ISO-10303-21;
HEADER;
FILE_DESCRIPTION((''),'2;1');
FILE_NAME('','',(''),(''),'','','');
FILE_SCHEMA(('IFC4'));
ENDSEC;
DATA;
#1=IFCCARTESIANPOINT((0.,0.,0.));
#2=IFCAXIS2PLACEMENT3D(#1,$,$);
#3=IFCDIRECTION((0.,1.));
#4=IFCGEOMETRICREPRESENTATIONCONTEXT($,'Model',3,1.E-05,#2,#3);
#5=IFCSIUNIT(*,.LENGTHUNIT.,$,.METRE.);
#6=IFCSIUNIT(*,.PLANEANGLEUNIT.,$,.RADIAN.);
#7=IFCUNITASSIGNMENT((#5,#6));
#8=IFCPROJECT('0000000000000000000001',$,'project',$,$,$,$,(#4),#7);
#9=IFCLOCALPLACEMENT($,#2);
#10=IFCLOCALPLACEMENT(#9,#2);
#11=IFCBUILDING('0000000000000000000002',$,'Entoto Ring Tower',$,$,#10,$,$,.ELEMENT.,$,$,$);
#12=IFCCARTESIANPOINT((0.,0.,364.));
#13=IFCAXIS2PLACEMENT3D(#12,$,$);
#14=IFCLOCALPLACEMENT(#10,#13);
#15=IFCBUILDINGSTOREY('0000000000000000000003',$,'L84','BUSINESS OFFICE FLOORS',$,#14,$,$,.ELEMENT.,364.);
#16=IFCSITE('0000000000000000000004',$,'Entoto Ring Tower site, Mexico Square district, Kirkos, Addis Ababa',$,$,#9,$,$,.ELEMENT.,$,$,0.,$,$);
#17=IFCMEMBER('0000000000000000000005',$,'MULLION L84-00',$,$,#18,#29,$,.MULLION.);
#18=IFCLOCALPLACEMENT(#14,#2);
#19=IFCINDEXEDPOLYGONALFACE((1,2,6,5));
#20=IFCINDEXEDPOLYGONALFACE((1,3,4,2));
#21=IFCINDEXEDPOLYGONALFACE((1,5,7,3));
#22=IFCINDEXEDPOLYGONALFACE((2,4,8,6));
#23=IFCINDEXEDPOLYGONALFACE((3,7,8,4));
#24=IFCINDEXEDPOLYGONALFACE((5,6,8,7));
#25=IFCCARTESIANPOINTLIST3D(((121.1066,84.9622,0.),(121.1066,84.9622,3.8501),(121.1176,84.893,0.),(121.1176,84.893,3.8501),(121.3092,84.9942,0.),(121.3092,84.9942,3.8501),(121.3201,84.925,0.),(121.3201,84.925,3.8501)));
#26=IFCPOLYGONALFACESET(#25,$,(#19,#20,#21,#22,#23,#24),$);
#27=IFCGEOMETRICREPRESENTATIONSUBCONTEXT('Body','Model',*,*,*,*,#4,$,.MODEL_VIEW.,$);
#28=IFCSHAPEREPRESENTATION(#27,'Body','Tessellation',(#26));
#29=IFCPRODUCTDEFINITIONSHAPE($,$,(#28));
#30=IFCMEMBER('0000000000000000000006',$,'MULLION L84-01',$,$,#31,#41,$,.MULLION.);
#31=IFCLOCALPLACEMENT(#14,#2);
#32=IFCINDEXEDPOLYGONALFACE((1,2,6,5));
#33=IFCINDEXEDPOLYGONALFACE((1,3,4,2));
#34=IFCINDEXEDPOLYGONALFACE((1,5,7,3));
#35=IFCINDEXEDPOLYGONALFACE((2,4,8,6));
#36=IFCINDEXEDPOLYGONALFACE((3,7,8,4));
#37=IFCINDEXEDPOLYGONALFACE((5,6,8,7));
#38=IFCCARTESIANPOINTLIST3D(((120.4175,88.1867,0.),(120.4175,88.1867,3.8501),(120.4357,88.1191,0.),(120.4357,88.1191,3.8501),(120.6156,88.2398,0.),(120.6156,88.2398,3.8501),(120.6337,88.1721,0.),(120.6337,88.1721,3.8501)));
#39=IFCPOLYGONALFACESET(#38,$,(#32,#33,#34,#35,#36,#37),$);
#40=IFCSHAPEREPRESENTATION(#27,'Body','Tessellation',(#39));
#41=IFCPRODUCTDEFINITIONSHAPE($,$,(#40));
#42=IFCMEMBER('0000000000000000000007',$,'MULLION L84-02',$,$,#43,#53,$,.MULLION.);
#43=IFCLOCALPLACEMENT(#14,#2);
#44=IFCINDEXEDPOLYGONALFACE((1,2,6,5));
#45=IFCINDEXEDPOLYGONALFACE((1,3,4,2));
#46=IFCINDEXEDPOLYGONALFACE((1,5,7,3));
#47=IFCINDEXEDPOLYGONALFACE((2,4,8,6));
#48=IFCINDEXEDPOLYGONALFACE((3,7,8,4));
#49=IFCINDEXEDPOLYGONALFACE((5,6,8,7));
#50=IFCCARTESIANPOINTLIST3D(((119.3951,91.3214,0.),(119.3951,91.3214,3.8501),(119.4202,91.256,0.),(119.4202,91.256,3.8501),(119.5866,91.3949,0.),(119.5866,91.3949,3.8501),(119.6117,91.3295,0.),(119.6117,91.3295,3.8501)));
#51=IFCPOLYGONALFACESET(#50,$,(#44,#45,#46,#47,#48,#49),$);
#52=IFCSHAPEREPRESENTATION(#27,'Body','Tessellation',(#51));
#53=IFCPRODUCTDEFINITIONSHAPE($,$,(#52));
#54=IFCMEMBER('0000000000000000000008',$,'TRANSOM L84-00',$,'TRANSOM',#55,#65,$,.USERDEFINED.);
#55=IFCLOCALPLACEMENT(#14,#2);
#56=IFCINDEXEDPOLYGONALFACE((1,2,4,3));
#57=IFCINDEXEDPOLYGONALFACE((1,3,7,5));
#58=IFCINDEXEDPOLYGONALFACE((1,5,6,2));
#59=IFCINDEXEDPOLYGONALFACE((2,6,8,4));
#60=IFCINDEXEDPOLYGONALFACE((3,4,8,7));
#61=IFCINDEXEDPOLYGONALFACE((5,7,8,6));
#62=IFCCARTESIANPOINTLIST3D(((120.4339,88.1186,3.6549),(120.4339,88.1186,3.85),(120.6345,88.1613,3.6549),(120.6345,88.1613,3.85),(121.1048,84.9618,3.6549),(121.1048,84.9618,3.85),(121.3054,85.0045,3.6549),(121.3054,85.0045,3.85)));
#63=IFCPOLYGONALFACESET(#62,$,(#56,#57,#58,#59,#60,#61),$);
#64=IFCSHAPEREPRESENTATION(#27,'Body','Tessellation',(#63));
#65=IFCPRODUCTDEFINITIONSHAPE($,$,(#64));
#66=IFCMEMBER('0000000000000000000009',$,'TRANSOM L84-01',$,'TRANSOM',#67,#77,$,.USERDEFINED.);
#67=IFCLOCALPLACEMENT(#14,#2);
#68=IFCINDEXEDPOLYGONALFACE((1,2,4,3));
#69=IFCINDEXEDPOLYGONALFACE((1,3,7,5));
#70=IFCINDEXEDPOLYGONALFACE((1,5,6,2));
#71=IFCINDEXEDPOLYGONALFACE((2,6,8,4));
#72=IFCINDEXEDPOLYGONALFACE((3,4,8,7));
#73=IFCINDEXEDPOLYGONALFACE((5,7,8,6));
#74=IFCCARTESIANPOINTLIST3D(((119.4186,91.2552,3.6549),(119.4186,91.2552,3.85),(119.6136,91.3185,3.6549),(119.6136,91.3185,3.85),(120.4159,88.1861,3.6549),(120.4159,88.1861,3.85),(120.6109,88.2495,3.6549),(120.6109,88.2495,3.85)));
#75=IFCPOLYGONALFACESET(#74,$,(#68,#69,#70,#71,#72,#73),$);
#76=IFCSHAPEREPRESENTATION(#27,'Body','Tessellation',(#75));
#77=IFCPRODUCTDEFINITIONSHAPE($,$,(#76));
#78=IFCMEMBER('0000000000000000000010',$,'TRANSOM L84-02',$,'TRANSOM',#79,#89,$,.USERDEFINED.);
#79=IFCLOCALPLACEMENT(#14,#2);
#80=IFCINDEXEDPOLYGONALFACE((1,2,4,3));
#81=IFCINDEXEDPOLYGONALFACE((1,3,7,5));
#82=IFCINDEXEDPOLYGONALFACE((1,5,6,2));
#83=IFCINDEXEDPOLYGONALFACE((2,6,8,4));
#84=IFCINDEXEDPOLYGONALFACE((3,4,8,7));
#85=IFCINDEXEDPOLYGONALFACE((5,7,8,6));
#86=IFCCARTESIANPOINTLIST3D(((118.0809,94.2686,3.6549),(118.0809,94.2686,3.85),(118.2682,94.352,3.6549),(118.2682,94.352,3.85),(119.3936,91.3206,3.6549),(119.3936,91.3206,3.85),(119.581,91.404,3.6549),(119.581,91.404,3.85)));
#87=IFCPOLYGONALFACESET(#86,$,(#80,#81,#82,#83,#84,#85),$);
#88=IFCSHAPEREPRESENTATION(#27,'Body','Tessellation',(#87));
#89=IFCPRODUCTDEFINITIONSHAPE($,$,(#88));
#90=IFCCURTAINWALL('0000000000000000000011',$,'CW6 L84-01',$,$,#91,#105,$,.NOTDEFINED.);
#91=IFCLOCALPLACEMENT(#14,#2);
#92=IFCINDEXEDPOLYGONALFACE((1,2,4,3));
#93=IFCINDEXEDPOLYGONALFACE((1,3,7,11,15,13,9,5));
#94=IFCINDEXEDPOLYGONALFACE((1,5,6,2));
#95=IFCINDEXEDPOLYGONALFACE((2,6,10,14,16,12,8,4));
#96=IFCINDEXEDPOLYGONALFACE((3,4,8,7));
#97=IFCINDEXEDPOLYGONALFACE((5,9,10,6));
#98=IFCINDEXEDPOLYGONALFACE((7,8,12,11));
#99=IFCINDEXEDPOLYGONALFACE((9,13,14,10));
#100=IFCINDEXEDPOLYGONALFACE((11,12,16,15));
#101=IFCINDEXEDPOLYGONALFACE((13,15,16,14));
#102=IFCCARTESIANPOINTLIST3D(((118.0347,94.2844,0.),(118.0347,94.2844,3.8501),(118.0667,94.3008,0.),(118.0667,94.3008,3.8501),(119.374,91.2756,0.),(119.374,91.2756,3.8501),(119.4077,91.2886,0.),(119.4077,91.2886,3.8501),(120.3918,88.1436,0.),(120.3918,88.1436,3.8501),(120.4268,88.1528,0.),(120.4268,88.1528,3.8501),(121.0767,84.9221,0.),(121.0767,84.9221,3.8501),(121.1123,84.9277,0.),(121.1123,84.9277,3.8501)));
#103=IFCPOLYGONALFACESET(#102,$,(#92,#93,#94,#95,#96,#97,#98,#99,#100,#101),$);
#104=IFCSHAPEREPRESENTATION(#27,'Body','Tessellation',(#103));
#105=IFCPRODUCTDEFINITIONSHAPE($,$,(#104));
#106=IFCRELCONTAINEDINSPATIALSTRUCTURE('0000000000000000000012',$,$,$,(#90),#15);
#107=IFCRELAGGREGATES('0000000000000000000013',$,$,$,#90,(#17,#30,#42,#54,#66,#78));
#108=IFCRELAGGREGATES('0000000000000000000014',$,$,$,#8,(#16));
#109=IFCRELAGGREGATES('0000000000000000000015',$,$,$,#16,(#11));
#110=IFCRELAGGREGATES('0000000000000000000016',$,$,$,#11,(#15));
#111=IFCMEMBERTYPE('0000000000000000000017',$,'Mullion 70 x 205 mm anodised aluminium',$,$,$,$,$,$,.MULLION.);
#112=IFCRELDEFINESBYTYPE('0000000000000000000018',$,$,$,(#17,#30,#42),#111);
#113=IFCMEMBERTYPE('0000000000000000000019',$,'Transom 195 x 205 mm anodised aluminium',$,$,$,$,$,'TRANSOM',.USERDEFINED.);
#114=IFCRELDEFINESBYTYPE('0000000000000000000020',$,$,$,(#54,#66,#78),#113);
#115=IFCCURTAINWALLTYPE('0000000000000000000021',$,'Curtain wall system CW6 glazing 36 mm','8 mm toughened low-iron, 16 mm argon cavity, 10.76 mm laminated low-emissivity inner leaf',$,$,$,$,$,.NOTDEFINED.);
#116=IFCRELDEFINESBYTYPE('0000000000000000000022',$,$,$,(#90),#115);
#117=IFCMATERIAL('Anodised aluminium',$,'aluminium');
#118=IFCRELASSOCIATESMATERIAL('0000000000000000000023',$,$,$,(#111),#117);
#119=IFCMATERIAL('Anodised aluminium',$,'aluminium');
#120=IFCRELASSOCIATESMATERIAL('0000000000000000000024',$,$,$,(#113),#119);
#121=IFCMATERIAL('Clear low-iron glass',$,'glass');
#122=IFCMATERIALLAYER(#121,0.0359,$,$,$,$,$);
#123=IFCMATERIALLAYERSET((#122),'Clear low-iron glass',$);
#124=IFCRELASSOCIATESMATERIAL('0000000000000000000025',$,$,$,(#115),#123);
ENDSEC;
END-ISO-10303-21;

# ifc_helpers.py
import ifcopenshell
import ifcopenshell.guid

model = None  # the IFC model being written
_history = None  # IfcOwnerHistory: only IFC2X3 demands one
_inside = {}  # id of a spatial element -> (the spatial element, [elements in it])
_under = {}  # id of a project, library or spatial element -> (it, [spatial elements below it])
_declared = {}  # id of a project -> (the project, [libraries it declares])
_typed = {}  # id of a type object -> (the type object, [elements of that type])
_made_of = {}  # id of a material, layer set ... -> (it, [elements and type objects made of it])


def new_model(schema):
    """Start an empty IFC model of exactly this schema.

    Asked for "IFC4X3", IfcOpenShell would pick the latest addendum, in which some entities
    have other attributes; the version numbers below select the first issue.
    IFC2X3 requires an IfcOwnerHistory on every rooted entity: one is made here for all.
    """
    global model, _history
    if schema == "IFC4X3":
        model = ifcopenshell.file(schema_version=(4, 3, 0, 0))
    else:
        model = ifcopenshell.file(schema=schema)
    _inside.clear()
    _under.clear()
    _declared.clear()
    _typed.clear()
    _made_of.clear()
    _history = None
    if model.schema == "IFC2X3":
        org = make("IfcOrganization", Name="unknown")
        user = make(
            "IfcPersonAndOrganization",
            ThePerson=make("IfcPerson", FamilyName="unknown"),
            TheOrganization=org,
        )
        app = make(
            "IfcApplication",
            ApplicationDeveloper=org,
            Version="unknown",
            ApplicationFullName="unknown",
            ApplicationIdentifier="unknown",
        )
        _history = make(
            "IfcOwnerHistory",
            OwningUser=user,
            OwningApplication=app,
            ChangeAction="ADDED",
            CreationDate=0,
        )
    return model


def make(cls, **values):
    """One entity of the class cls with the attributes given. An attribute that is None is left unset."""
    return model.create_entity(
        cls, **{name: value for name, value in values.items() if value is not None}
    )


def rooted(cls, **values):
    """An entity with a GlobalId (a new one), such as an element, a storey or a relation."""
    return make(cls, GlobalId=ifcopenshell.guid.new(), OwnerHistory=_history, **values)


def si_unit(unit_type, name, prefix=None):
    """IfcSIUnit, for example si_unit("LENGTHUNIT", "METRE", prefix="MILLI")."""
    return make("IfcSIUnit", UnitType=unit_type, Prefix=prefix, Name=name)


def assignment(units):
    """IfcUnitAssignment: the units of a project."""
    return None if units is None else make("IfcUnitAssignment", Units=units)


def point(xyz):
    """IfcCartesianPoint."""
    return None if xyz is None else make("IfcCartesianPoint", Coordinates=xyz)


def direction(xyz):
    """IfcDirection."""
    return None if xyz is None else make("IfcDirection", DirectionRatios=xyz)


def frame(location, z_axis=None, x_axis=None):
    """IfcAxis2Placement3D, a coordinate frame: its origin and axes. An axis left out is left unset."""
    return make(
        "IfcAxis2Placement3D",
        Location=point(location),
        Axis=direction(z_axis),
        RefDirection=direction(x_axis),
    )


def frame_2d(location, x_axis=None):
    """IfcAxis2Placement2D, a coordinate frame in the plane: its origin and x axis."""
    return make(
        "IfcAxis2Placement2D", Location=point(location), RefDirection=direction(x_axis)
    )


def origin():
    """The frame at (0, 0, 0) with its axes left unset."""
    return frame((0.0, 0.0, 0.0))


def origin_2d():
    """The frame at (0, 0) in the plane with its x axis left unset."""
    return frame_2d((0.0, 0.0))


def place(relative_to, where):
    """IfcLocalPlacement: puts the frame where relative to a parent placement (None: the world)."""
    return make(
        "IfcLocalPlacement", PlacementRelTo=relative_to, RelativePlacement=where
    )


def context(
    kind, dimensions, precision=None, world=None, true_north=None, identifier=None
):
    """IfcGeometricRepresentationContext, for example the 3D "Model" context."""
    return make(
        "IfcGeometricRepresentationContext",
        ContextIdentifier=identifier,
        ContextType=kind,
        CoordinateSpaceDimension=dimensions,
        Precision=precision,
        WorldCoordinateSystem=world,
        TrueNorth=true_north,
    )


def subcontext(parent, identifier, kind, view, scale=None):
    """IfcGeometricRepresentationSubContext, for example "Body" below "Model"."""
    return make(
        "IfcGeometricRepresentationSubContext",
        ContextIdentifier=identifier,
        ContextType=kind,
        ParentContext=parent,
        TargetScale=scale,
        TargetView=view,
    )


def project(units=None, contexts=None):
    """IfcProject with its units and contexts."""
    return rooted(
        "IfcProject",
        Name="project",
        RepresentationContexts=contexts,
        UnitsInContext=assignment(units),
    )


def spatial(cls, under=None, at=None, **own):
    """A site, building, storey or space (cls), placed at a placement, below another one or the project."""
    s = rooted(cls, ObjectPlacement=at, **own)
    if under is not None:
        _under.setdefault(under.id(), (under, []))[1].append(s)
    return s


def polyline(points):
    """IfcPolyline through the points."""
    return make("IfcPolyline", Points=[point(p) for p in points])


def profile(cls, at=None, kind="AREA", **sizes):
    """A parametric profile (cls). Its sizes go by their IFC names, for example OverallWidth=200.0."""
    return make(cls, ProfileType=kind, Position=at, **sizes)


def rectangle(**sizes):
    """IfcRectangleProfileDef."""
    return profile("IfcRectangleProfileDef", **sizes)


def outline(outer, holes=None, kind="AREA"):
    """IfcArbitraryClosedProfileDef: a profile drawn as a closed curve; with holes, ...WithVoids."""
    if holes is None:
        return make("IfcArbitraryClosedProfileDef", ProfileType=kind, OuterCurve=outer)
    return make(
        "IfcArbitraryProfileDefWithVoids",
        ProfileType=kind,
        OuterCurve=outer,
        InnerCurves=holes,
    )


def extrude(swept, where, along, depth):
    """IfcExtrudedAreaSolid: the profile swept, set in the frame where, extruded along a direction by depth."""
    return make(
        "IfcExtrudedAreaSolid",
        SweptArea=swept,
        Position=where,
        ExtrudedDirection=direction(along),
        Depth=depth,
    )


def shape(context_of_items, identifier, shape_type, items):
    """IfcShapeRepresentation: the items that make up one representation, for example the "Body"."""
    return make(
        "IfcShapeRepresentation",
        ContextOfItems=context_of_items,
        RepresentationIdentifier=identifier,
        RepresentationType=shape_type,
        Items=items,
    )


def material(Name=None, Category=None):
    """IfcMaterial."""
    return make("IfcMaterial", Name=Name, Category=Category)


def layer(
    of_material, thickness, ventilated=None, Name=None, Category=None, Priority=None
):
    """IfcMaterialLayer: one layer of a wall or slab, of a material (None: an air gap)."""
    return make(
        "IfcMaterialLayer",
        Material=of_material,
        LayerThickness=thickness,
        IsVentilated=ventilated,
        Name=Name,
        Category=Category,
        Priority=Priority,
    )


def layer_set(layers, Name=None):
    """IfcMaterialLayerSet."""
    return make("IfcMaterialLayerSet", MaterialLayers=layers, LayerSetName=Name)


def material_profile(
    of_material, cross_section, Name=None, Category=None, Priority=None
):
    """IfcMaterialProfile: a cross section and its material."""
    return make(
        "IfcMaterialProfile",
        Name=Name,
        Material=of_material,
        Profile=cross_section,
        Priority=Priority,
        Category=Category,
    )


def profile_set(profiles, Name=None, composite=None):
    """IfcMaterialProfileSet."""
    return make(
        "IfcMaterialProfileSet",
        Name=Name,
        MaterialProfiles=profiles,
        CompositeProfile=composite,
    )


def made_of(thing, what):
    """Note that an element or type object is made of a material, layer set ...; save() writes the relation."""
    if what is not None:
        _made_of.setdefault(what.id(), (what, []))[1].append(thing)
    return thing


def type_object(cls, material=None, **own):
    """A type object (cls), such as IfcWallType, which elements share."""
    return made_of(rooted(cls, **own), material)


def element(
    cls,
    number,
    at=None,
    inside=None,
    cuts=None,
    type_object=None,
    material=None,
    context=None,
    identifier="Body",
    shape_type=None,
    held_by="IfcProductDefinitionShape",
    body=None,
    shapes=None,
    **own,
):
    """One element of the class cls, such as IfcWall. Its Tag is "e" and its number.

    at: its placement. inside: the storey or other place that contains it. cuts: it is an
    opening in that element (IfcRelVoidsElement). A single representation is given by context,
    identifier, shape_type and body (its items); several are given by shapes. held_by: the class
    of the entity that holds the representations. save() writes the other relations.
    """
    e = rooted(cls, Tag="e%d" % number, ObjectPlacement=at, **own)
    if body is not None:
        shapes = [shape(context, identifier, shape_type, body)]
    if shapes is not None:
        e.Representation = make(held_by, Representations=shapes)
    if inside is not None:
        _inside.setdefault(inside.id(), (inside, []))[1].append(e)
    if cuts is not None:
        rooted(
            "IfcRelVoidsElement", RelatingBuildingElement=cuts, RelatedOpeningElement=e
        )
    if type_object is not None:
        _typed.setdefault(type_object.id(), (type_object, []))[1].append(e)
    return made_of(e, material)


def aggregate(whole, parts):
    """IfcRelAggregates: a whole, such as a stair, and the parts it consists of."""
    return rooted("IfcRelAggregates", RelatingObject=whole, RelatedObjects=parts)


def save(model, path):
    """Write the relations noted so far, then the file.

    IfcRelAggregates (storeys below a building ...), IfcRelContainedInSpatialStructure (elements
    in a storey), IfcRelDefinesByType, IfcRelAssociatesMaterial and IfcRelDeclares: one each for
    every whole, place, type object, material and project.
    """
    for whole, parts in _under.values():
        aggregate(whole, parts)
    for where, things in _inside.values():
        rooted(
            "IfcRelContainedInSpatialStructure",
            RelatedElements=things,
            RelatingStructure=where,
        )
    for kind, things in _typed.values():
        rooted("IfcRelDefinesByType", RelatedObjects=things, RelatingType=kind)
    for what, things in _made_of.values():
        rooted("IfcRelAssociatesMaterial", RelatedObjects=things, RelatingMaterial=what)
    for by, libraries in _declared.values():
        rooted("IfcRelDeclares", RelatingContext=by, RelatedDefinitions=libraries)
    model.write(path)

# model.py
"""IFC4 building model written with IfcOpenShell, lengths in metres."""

from ifc_helpers import new_model, si_unit, direction, frame, origin, origin_2d, place, context, subcontext, project, spatial, polyline, rectangle, outline, extrude, material, layer, layer_set, material_profile, profile_set, type_object, element, aggregate, save


model = new_model("IFC4")

# Units and contexts
model_context = context("Model", 3, precision=1e-05, world=origin(), true_north=direction((0.0, 1.0)))
body_context = subcontext(model_context, "Body", "Model", "MODEL_VIEW")
ifc_project = project(units=[si_unit("LENGTHUNIT", "METRE"), si_unit("PLANEANGLEUNIT", "RADIAN")], contexts=[model_context])

# Members
ifc_material_1 = material(Name="Anodised aluminium", Category="aluminium")
ifc_material_profile_1 = material_profile(ifc_material_1, rectangle(XDim=0.0701, YDim=0.2051, at=origin_2d()), Name="Mullion 70 x 205 mm anodised aluminium")
ifc_profile_set_1 = profile_set([ifc_material_profile_1], Name="Anodised aluminium")
member_type_1 = type_object("IfcMemberType", Name="Mullion 70 x 205 mm anodised aluminium", PredefinedType="MULLION", material=ifc_profile_set_1)
site_placement = place(None, origin())
building_placement = place(site_placement, origin())
storey_placement = place(building_placement, frame((0.0, 0.0, 364.0)))
member_1_placement = place(storey_placement, frame((121.2134, 84.9436, 0.0), z_axis=(0.0, 0.0, 1.0), x_axis=(-0.156434, 0.987688, 0.0)))
member_1 = element("IfcMember", 1, at=member_1_placement, type_object=member_type_1, Name="MULLION L84-00", PredefinedType="MULLION", context=body_context, shape_type="SweptSolid", body=[
    extrude(rectangle(XDim=0.0701, YDim=0.2051, at=origin_2d()), origin(), (0.0, 0.0, 1.0), 3.8501),
])
member_2_placement = place(storey_placement, frame((120.5256, 88.1794, 0.0), z_axis=(0.0, 0.0, 1.0), x_axis=(-0.258819, 0.965926, 0.0)))
member_2 = element("IfcMember", 2, at=member_2_placement, type_object=member_type_1, Name="MULLION L84-01", PredefinedType="MULLION", context=body_context, shape_type="SweptSolid", body=[
    extrude(rectangle(XDim=0.0701, YDim=0.2051, at=origin_2d()), origin(), (0.0, 0.0, 1.0), 3.8501),
])
member_3_placement = place(storey_placement, frame((119.5034, 91.3254, 0.0), z_axis=(0.0, 0.0, 1.0), x_axis=(-0.358368, 0.93358, 0.0)))
member_3 = element("IfcMember", 3, at=member_3_placement, type_object=member_type_1, Name="MULLION L84-02", PredefinedType="MULLION", context=body_context, shape_type="SweptSolid", body=[
    extrude(rectangle(XDim=0.0701, YDim=0.2051, at=origin_2d()), origin(), (0.0, 0.0, 1.0), 3.8501),
])
ifc_material_2 = material(Name="Anodised aluminium", Category="aluminium")
ifc_material_profile_2 = material_profile(ifc_material_2, rectangle(XDim=0.2051, YDim=0.1951, at=origin_2d()), Name="Transom 195 x 205 mm anodised aluminium")
ifc_profile_set_2 = profile_set([ifc_material_profile_2], Name="Anodised aluminium")
member_type_2 = type_object("IfcMemberType", Name="Transom 195 x 205 mm anodised aluminium", ElementType="TRANSOM", PredefinedType="USERDEFINED", material=ifc_profile_set_2)
member_4_placement = place(storey_placement, frame((121.2051, 84.9832, 3.7524), z_axis=(-0.207886, 0.978153, 0.0), x_axis=(-0.978153, -0.207886, 0.0)))
member_4 = element("IfcMember", 4, at=member_4_placement, type_object=member_type_2, Name="TRANSOM L84-00", ObjectType="TRANSOM", PredefinedType="USERDEFINED", context=body_context, shape_type="SweptSolid", body=[
    extrude(rectangle(XDim=0.2051, YDim=0.1951, at=origin_2d()), origin(), (0.0, 0.0, 1.0), 3.2273),
])
member_5_placement = place(storey_placement, frame((120.5134, 88.2178, 3.7524), z_axis=(-0.309047, 0.951047, 0.0), x_axis=(-0.951047, -0.309047, 0.0)))
member_5 = element("IfcMember", 5, at=member_5_placement, type_object=member_type_2, Name="TRANSOM L84-01", ObjectType="TRANSOM", PredefinedType="USERDEFINED", context=body_context, shape_type="SweptSolid", body=[
    extrude(rectangle(XDim=0.2051, YDim=0.1951, at=origin_2d()), origin(), (0.0, 0.0, 1.0), 3.2271),
])
member_6_placement = place(storey_placement, frame((119.4873, 91.3623, 3.7524), z_axis=(-0.406791, 0.913521, 0.0), x_axis=(-0.913521, -0.406791, 0.0)))
member_6 = element("IfcMember", 6, at=member_6_placement, type_object=member_type_2, Name="TRANSOM L84-02", ObjectType="TRANSOM", PredefinedType="USERDEFINED", context=body_context, shape_type="SweptSolid", body=[
    extrude(rectangle(XDim=0.2051, YDim=0.1951, at=origin_2d()), origin(), (0.0, 0.0, 1.0), 3.2271),
])

# Site, building, storey
site = spatial("IfcSite", under=ifc_project, at=site_placement, Name="Entoto Ring Tower site, Mexico Square district, Kirkos, Addis Ababa", CompositionType="ELEMENT", RefElevation=0.0)
building = spatial("IfcBuilding", under=site, at=building_placement, Name="Entoto Ring Tower", CompositionType="ELEMENT")
storey = spatial("IfcBuildingStorey", under=building, at=storey_placement, Name="L84", Description="BUSINESS OFFICE FLOORS", CompositionType="ELEMENT", Elevation=364.0)

# Curtain wall
ifc_material_3 = material(Name="Clear low-iron glass", Category="glass")
ifc_layer_1 = layer(ifc_material_3, 0.0359)
ifc_layer_set_1 = layer_set([ifc_layer_1], Name="Clear low-iron glass")
curtain_wall_type = type_object("IfcCurtainWallType", Name="Curtain wall system CW6 glazing 36 mm", Description="8 mm toughened low-iron, 16 mm argon cavity, 10.76 mm laminated low-emissivity inner leaf", PredefinedType="NOTDEFINED", material=ifc_layer_set_1)
curtain_wall_1_placement = place(storey_placement, origin())
curtain_wall_1 = element("IfcCurtainWall", 7, at=curtain_wall_1_placement, inside=storey, type_object=curtain_wall_type, Name="CW6 L84-01", PredefinedType="NOTDEFINED", context=body_context, shape_type="SweptSolid", body=[
    extrude(outline(polyline([(121.1123, 84.9277), (120.4268, 88.1528), (119.4077, 91.2886), (118.0667, 94.3008), (118.0347, 94.2844), (119.374, 91.2756), (120.3918, 88.1436), (121.0767, 84.9221), (121.1123, 84.9277)])), origin(), (0.0, 0.0, 1.0), 3.8501),
])
aggregate(curtain_wall_1, [member_1, member_2, member_3, member_4, member_5, member_6])

save(model, "model.ifc")
